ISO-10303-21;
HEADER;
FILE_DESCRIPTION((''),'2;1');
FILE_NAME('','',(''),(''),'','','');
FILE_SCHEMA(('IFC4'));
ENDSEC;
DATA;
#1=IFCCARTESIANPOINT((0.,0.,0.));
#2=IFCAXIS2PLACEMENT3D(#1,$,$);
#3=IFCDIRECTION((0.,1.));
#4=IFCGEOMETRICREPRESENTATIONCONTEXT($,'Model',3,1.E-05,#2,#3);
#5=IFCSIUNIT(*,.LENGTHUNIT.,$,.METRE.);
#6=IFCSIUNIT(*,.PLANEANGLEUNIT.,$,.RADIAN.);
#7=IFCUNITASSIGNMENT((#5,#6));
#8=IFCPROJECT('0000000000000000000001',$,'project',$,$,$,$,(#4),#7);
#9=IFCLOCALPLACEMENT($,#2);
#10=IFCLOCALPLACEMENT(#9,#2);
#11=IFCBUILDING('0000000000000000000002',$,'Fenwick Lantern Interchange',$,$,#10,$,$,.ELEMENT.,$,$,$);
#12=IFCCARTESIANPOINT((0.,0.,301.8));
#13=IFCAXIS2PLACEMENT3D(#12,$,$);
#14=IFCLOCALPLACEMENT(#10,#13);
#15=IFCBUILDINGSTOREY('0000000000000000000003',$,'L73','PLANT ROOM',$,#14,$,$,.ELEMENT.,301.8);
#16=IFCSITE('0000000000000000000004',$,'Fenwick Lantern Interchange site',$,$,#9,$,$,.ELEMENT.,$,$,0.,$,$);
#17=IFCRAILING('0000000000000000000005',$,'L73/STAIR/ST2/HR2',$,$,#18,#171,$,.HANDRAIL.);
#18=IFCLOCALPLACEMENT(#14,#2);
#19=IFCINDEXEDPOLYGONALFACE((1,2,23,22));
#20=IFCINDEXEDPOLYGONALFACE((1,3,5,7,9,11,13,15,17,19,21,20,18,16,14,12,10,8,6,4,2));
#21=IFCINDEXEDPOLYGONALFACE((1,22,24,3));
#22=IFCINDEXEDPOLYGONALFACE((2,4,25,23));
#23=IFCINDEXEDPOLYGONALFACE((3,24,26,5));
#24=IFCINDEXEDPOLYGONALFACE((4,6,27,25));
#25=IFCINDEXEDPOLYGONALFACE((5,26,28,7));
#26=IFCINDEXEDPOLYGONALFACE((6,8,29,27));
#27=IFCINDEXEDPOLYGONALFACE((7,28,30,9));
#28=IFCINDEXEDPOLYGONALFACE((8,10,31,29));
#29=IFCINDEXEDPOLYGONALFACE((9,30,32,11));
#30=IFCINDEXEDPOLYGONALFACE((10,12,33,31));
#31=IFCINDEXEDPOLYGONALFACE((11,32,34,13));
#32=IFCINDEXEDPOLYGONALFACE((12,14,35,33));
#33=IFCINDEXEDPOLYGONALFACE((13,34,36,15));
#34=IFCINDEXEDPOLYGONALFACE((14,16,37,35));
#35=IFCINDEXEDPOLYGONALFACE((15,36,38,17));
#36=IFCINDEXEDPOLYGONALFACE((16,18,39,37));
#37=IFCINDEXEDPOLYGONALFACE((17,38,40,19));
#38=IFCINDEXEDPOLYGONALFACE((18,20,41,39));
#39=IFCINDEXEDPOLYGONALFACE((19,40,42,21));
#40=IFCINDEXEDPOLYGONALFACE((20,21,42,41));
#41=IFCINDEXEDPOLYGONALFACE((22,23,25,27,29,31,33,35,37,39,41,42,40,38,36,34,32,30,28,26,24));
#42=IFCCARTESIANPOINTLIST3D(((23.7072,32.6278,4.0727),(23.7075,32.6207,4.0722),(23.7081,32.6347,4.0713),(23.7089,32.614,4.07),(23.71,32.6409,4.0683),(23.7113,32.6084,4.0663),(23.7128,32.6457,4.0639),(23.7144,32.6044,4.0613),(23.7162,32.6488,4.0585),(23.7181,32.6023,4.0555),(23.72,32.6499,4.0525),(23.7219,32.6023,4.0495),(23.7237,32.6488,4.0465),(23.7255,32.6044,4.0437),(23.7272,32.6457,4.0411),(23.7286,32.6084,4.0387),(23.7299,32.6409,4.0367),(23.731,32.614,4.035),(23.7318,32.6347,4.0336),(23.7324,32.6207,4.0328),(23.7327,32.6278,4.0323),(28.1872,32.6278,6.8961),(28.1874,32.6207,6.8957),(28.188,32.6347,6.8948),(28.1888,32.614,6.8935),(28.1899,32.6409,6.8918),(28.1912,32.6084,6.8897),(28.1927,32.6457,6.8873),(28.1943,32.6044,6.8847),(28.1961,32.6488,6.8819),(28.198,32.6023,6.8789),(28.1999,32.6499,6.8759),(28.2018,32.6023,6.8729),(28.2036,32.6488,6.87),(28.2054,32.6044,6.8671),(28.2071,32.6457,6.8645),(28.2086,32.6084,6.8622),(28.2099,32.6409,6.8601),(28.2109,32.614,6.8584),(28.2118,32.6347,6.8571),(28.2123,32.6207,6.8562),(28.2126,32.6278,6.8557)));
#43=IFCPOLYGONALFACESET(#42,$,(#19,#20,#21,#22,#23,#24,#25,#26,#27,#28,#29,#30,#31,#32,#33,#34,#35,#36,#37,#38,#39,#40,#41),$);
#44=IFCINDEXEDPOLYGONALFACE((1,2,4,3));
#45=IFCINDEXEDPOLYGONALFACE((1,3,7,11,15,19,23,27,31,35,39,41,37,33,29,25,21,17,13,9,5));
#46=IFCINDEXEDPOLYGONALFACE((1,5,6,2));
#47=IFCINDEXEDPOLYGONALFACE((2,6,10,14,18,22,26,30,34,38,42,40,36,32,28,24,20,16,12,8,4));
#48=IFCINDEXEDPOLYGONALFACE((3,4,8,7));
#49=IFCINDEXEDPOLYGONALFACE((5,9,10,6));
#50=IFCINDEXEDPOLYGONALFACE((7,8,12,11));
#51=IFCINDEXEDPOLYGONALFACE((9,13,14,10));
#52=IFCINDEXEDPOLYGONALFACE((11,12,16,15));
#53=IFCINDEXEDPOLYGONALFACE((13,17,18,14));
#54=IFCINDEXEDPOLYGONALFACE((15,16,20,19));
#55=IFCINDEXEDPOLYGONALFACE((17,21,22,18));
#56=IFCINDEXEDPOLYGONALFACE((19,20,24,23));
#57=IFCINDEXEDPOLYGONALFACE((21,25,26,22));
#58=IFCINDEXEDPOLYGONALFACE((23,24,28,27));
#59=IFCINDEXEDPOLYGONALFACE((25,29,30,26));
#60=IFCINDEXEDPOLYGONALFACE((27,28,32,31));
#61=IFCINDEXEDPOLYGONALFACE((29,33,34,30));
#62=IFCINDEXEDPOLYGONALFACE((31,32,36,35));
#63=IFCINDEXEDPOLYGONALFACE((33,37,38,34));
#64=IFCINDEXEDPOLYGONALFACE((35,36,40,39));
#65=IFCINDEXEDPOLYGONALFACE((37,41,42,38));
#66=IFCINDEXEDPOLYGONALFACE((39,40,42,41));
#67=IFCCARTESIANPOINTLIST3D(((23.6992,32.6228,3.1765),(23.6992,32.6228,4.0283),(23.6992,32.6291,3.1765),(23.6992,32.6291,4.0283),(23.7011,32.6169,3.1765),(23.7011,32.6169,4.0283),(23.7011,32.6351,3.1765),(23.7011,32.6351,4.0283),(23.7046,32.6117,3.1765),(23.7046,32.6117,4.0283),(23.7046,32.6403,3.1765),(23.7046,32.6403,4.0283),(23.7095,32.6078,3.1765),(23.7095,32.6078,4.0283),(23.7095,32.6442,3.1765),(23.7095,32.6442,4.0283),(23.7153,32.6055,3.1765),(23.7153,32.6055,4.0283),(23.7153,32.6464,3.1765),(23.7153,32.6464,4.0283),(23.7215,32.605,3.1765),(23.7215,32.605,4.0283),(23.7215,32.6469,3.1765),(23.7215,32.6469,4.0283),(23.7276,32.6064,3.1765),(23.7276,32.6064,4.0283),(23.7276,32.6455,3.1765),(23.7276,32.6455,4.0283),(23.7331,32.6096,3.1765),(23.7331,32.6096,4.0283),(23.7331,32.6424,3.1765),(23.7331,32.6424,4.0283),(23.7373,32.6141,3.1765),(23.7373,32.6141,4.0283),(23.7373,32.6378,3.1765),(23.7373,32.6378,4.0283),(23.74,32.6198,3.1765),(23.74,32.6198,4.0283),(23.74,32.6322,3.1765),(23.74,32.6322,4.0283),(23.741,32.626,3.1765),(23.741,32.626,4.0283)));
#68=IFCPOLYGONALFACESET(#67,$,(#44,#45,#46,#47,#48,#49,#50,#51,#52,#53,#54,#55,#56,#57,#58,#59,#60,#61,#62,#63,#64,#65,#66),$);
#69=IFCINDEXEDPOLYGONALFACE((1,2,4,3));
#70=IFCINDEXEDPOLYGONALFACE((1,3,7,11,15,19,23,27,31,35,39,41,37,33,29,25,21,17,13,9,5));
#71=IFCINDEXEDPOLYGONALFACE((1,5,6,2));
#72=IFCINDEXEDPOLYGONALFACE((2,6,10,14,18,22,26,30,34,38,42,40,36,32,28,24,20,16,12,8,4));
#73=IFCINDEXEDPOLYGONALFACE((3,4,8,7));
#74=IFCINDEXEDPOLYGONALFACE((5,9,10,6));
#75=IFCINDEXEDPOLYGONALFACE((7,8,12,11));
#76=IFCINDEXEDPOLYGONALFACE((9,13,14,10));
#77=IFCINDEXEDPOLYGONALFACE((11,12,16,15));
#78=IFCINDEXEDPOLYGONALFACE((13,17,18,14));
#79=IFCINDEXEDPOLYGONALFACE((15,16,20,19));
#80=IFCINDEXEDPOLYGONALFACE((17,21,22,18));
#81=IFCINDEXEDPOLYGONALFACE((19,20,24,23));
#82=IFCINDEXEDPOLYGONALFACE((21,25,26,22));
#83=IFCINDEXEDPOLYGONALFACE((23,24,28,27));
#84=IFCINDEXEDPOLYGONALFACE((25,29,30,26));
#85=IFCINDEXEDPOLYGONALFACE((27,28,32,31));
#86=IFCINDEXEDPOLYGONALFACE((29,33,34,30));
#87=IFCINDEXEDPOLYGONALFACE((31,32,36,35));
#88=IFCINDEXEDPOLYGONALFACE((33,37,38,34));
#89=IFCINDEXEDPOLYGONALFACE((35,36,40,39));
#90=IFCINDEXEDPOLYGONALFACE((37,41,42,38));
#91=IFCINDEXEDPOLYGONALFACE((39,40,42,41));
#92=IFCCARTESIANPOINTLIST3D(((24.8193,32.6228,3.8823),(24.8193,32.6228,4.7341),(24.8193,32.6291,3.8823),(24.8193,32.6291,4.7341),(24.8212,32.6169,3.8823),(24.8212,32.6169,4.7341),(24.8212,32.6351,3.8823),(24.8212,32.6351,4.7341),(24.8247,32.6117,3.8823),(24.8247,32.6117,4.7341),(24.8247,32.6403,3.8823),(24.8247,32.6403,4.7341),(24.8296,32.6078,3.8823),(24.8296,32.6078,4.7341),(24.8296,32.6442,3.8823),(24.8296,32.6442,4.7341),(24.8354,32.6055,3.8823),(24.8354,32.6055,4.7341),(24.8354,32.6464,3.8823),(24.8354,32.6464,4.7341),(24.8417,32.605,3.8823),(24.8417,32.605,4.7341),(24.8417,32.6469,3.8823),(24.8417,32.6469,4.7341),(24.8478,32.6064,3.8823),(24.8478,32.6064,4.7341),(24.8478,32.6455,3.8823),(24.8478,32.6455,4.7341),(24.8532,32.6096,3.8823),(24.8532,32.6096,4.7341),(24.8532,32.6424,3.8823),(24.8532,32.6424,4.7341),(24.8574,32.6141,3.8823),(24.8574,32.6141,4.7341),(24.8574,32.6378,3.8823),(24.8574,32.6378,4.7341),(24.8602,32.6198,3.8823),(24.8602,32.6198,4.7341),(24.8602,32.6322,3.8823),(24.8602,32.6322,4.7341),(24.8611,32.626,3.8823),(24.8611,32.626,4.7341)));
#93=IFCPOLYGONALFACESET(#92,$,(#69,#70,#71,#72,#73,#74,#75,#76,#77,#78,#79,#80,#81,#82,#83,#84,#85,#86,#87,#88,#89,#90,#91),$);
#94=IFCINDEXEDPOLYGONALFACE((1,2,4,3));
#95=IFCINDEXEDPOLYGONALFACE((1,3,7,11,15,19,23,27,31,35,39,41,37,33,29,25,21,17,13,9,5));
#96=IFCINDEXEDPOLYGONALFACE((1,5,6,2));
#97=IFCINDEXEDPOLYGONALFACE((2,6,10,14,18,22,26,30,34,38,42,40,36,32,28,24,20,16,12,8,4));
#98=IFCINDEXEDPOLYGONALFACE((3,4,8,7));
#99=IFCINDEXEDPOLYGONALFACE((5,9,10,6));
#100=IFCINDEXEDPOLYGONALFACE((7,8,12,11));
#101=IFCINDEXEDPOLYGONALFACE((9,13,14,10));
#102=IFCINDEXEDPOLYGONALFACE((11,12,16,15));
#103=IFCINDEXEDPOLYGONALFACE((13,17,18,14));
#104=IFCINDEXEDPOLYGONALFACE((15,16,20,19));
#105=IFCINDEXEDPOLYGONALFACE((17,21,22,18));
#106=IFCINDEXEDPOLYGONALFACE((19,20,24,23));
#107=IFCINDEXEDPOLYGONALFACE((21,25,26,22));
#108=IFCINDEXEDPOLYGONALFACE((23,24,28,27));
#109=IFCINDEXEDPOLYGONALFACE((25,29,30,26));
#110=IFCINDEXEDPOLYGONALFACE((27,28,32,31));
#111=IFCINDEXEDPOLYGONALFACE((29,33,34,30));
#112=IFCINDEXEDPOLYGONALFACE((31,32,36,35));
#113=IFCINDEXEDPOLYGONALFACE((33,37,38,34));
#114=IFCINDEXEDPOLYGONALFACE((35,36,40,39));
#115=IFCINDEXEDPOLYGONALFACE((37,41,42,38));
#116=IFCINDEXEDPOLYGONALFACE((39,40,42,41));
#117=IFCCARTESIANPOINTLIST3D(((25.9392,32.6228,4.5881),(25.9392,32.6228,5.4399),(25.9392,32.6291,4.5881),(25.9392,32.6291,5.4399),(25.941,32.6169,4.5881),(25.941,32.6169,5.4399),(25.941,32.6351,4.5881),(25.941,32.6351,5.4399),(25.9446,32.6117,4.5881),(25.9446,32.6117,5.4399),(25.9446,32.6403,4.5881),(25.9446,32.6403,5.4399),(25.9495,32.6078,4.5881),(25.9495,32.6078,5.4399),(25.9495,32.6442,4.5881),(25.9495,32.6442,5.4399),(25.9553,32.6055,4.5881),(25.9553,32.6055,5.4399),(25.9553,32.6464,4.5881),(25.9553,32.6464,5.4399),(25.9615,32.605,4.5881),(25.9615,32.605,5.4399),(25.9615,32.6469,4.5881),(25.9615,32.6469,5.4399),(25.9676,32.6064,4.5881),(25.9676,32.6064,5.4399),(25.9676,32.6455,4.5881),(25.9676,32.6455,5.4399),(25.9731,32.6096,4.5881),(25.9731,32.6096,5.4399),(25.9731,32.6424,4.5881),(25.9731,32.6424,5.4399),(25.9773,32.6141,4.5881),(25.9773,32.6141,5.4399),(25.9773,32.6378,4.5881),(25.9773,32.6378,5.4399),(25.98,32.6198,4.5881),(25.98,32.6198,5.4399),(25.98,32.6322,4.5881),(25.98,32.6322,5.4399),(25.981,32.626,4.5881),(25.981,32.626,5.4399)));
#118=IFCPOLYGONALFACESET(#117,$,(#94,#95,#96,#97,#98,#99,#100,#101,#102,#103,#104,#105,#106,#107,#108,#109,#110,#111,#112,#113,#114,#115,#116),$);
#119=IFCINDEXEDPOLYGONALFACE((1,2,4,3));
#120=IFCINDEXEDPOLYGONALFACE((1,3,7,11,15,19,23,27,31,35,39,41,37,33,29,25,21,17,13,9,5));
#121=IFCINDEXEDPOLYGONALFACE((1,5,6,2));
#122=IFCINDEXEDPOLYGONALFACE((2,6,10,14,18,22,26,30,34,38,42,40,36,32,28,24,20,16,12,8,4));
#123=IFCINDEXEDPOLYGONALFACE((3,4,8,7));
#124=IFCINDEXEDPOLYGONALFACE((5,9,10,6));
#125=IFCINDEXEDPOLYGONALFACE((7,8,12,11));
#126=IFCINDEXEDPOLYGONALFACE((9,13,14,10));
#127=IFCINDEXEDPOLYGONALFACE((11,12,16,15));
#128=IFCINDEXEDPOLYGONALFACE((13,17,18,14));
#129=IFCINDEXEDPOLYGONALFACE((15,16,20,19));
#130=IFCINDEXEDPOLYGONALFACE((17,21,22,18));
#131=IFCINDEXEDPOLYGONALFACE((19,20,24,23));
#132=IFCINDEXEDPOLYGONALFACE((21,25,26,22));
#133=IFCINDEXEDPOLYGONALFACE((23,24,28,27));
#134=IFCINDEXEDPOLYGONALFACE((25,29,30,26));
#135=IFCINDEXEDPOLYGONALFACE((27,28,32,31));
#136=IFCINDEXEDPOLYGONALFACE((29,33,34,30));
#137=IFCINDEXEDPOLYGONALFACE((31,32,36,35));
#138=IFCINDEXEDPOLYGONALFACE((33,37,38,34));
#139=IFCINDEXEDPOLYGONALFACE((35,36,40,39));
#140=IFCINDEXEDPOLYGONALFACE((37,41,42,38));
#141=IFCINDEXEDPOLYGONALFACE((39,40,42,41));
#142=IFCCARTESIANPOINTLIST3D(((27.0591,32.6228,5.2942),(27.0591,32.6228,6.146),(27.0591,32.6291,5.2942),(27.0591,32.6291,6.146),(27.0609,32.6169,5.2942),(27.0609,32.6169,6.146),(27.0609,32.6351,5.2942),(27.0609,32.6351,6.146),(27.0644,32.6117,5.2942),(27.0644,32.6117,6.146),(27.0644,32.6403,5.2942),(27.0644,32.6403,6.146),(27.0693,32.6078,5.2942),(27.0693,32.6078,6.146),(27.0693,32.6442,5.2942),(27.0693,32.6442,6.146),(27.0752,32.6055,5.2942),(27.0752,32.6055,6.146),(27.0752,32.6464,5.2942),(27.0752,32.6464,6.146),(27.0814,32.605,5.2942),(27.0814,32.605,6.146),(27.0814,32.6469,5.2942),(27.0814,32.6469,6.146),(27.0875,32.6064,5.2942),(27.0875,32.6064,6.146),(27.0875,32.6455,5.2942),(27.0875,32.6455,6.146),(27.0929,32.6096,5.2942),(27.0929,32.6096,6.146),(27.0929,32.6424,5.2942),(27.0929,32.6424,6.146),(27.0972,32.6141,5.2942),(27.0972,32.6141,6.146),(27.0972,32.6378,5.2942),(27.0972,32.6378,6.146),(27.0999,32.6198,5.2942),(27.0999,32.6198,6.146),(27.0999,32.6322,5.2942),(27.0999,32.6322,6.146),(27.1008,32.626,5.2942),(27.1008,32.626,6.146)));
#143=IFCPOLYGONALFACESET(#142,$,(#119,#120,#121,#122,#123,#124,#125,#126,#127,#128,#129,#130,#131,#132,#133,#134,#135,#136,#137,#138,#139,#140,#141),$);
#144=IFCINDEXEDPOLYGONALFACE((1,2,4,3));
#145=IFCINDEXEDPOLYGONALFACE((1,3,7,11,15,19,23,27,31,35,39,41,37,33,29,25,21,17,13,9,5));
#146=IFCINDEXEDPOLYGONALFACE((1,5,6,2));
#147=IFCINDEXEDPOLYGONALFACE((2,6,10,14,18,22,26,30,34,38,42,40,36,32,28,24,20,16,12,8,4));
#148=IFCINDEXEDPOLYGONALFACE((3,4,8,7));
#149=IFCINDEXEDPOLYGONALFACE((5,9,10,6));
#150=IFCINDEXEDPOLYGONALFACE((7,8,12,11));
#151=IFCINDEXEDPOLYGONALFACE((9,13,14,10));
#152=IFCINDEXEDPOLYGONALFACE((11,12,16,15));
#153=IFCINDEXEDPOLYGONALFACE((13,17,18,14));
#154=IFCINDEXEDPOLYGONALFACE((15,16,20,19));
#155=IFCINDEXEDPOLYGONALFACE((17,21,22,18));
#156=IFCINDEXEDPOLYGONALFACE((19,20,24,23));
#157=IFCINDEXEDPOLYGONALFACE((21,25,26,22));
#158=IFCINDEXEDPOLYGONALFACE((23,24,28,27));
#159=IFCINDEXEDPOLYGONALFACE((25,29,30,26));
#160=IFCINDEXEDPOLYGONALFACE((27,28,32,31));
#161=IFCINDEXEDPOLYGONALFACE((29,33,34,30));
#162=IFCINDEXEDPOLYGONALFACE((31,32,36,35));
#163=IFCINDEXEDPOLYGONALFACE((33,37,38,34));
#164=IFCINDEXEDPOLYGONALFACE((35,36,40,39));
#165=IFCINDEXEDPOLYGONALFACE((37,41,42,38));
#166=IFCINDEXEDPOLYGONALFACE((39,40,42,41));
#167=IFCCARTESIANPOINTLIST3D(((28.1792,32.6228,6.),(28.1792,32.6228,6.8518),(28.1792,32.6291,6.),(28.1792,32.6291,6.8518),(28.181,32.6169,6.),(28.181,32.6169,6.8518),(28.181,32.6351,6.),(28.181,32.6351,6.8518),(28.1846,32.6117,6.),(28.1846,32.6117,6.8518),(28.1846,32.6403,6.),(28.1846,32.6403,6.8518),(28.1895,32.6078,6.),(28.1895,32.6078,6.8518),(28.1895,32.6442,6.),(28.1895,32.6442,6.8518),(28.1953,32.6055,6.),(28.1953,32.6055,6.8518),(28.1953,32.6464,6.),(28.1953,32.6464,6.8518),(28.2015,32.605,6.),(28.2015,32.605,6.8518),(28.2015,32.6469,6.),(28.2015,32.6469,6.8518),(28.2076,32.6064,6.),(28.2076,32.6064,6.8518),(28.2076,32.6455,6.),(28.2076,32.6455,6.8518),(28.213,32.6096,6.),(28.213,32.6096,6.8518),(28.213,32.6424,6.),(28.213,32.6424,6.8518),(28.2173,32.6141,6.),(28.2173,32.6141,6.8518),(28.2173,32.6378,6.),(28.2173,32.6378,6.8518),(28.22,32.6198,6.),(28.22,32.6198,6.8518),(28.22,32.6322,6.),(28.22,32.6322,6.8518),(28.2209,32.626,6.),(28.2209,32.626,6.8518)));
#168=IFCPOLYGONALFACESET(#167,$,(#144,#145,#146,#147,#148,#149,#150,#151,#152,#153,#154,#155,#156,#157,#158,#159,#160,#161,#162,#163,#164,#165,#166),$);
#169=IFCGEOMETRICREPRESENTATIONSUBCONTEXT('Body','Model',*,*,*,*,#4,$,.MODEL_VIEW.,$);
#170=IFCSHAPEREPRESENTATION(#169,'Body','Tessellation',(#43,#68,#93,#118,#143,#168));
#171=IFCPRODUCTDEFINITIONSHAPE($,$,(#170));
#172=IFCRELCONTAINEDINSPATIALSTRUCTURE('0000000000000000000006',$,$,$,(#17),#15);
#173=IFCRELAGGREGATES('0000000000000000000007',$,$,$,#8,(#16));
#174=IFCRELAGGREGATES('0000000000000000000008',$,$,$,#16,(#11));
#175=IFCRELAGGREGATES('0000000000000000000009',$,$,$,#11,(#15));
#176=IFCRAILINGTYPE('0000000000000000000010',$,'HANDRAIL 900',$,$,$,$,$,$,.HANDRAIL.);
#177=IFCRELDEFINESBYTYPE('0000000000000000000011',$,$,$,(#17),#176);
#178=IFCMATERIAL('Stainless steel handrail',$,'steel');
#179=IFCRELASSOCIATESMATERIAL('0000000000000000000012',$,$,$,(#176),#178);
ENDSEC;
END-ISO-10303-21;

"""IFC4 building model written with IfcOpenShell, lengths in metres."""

from ifc_helpers import new_model, si_unit, direction, frame, origin, origin_2d, place, context, subcontext, project, spatial, circle, extrude, material, type_object, element, save


model = new_model("IFC4")

# Units and contexts
model_context = context("Model", 3, precision=1e-05, world=origin(), true_north=direction((0.0, 1.0)))
body_context = subcontext(model_context, "Body", "Model", "MODEL_VIEW")
ifc_project = project(units=[si_unit("LENGTHUNIT", "METRE"), si_unit("PLANEANGLEUNIT", "RADIAN")], contexts=[model_context])

# Site, building, storey
site_placement = place(None, origin())
site = spatial("IfcSite", under=ifc_project, at=site_placement, Name="Fenwick Lantern Interchange site", CompositionType="ELEMENT", RefElevation=0.0)
building_placement = place(site_placement, origin())
building = spatial("IfcBuilding", under=site, at=building_placement, Name="Fenwick Lantern Interchange", CompositionType="ELEMENT")
storey_placement = place(building_placement, frame((0.0, 0.0, 301.8)))
storey = spatial("IfcBuildingStorey", under=building, at=storey_placement, Name="L73", Description="PLANT ROOM", CompositionType="ELEMENT", Elevation=301.8)

# Railing
ifc_material_1 = material(Name="Stainless steel handrail", Category="steel")
railing_type = type_object("IfcRailingType", Name="HANDRAIL 900", PredefinedType="HANDRAIL", material=ifc_material_1)
railing_placement = place(storey_placement, frame((23.72, 32.626, 3.1765)))
element("IfcRailing", 1, at=railing_placement, inside=storey, type_object=railing_type, Name="L73/STAIR/ST2/HR2", PredefinedType="HANDRAIL", context=body_context, shape_type="SweptSolid", body=[
    extrude(circle(Radius=0.0239, at=origin_2d()), frame((0.0, 0.0, 0.876), z_axis=(0.845998, 0.0, 0.533186), x_axis=(0.0, 1.0, 0.0)), (0.0, 0.0, 1.0), 5.2954),
    extrude(circle(Radius=0.021, at=origin_2d()), origin(), (0.0, 0.0, 1.0), 0.8518),
    extrude(circle(Radius=0.021, at=origin_2d()), frame((1.1201, 0.0, 0.7058)), (0.0, 0.0, 1.0), 0.8518),
    extrude(circle(Radius=0.021, at=origin_2d()), frame((2.24, 0.0, 1.4116)), (0.0, 0.0, 1.0), 0.8518),
    extrude(circle(Radius=0.021, at=origin_2d()), frame((3.3599, 0.0, 2.1177)), (0.0, 0.0, 1.0), 0.8518),
    extrude(circle(Radius=0.021, at=origin_2d()), frame((4.48, 0.0, 2.8235)), (0.0, 0.0, 1.0), 0.8518),
])

save(model, "model.ifc")
